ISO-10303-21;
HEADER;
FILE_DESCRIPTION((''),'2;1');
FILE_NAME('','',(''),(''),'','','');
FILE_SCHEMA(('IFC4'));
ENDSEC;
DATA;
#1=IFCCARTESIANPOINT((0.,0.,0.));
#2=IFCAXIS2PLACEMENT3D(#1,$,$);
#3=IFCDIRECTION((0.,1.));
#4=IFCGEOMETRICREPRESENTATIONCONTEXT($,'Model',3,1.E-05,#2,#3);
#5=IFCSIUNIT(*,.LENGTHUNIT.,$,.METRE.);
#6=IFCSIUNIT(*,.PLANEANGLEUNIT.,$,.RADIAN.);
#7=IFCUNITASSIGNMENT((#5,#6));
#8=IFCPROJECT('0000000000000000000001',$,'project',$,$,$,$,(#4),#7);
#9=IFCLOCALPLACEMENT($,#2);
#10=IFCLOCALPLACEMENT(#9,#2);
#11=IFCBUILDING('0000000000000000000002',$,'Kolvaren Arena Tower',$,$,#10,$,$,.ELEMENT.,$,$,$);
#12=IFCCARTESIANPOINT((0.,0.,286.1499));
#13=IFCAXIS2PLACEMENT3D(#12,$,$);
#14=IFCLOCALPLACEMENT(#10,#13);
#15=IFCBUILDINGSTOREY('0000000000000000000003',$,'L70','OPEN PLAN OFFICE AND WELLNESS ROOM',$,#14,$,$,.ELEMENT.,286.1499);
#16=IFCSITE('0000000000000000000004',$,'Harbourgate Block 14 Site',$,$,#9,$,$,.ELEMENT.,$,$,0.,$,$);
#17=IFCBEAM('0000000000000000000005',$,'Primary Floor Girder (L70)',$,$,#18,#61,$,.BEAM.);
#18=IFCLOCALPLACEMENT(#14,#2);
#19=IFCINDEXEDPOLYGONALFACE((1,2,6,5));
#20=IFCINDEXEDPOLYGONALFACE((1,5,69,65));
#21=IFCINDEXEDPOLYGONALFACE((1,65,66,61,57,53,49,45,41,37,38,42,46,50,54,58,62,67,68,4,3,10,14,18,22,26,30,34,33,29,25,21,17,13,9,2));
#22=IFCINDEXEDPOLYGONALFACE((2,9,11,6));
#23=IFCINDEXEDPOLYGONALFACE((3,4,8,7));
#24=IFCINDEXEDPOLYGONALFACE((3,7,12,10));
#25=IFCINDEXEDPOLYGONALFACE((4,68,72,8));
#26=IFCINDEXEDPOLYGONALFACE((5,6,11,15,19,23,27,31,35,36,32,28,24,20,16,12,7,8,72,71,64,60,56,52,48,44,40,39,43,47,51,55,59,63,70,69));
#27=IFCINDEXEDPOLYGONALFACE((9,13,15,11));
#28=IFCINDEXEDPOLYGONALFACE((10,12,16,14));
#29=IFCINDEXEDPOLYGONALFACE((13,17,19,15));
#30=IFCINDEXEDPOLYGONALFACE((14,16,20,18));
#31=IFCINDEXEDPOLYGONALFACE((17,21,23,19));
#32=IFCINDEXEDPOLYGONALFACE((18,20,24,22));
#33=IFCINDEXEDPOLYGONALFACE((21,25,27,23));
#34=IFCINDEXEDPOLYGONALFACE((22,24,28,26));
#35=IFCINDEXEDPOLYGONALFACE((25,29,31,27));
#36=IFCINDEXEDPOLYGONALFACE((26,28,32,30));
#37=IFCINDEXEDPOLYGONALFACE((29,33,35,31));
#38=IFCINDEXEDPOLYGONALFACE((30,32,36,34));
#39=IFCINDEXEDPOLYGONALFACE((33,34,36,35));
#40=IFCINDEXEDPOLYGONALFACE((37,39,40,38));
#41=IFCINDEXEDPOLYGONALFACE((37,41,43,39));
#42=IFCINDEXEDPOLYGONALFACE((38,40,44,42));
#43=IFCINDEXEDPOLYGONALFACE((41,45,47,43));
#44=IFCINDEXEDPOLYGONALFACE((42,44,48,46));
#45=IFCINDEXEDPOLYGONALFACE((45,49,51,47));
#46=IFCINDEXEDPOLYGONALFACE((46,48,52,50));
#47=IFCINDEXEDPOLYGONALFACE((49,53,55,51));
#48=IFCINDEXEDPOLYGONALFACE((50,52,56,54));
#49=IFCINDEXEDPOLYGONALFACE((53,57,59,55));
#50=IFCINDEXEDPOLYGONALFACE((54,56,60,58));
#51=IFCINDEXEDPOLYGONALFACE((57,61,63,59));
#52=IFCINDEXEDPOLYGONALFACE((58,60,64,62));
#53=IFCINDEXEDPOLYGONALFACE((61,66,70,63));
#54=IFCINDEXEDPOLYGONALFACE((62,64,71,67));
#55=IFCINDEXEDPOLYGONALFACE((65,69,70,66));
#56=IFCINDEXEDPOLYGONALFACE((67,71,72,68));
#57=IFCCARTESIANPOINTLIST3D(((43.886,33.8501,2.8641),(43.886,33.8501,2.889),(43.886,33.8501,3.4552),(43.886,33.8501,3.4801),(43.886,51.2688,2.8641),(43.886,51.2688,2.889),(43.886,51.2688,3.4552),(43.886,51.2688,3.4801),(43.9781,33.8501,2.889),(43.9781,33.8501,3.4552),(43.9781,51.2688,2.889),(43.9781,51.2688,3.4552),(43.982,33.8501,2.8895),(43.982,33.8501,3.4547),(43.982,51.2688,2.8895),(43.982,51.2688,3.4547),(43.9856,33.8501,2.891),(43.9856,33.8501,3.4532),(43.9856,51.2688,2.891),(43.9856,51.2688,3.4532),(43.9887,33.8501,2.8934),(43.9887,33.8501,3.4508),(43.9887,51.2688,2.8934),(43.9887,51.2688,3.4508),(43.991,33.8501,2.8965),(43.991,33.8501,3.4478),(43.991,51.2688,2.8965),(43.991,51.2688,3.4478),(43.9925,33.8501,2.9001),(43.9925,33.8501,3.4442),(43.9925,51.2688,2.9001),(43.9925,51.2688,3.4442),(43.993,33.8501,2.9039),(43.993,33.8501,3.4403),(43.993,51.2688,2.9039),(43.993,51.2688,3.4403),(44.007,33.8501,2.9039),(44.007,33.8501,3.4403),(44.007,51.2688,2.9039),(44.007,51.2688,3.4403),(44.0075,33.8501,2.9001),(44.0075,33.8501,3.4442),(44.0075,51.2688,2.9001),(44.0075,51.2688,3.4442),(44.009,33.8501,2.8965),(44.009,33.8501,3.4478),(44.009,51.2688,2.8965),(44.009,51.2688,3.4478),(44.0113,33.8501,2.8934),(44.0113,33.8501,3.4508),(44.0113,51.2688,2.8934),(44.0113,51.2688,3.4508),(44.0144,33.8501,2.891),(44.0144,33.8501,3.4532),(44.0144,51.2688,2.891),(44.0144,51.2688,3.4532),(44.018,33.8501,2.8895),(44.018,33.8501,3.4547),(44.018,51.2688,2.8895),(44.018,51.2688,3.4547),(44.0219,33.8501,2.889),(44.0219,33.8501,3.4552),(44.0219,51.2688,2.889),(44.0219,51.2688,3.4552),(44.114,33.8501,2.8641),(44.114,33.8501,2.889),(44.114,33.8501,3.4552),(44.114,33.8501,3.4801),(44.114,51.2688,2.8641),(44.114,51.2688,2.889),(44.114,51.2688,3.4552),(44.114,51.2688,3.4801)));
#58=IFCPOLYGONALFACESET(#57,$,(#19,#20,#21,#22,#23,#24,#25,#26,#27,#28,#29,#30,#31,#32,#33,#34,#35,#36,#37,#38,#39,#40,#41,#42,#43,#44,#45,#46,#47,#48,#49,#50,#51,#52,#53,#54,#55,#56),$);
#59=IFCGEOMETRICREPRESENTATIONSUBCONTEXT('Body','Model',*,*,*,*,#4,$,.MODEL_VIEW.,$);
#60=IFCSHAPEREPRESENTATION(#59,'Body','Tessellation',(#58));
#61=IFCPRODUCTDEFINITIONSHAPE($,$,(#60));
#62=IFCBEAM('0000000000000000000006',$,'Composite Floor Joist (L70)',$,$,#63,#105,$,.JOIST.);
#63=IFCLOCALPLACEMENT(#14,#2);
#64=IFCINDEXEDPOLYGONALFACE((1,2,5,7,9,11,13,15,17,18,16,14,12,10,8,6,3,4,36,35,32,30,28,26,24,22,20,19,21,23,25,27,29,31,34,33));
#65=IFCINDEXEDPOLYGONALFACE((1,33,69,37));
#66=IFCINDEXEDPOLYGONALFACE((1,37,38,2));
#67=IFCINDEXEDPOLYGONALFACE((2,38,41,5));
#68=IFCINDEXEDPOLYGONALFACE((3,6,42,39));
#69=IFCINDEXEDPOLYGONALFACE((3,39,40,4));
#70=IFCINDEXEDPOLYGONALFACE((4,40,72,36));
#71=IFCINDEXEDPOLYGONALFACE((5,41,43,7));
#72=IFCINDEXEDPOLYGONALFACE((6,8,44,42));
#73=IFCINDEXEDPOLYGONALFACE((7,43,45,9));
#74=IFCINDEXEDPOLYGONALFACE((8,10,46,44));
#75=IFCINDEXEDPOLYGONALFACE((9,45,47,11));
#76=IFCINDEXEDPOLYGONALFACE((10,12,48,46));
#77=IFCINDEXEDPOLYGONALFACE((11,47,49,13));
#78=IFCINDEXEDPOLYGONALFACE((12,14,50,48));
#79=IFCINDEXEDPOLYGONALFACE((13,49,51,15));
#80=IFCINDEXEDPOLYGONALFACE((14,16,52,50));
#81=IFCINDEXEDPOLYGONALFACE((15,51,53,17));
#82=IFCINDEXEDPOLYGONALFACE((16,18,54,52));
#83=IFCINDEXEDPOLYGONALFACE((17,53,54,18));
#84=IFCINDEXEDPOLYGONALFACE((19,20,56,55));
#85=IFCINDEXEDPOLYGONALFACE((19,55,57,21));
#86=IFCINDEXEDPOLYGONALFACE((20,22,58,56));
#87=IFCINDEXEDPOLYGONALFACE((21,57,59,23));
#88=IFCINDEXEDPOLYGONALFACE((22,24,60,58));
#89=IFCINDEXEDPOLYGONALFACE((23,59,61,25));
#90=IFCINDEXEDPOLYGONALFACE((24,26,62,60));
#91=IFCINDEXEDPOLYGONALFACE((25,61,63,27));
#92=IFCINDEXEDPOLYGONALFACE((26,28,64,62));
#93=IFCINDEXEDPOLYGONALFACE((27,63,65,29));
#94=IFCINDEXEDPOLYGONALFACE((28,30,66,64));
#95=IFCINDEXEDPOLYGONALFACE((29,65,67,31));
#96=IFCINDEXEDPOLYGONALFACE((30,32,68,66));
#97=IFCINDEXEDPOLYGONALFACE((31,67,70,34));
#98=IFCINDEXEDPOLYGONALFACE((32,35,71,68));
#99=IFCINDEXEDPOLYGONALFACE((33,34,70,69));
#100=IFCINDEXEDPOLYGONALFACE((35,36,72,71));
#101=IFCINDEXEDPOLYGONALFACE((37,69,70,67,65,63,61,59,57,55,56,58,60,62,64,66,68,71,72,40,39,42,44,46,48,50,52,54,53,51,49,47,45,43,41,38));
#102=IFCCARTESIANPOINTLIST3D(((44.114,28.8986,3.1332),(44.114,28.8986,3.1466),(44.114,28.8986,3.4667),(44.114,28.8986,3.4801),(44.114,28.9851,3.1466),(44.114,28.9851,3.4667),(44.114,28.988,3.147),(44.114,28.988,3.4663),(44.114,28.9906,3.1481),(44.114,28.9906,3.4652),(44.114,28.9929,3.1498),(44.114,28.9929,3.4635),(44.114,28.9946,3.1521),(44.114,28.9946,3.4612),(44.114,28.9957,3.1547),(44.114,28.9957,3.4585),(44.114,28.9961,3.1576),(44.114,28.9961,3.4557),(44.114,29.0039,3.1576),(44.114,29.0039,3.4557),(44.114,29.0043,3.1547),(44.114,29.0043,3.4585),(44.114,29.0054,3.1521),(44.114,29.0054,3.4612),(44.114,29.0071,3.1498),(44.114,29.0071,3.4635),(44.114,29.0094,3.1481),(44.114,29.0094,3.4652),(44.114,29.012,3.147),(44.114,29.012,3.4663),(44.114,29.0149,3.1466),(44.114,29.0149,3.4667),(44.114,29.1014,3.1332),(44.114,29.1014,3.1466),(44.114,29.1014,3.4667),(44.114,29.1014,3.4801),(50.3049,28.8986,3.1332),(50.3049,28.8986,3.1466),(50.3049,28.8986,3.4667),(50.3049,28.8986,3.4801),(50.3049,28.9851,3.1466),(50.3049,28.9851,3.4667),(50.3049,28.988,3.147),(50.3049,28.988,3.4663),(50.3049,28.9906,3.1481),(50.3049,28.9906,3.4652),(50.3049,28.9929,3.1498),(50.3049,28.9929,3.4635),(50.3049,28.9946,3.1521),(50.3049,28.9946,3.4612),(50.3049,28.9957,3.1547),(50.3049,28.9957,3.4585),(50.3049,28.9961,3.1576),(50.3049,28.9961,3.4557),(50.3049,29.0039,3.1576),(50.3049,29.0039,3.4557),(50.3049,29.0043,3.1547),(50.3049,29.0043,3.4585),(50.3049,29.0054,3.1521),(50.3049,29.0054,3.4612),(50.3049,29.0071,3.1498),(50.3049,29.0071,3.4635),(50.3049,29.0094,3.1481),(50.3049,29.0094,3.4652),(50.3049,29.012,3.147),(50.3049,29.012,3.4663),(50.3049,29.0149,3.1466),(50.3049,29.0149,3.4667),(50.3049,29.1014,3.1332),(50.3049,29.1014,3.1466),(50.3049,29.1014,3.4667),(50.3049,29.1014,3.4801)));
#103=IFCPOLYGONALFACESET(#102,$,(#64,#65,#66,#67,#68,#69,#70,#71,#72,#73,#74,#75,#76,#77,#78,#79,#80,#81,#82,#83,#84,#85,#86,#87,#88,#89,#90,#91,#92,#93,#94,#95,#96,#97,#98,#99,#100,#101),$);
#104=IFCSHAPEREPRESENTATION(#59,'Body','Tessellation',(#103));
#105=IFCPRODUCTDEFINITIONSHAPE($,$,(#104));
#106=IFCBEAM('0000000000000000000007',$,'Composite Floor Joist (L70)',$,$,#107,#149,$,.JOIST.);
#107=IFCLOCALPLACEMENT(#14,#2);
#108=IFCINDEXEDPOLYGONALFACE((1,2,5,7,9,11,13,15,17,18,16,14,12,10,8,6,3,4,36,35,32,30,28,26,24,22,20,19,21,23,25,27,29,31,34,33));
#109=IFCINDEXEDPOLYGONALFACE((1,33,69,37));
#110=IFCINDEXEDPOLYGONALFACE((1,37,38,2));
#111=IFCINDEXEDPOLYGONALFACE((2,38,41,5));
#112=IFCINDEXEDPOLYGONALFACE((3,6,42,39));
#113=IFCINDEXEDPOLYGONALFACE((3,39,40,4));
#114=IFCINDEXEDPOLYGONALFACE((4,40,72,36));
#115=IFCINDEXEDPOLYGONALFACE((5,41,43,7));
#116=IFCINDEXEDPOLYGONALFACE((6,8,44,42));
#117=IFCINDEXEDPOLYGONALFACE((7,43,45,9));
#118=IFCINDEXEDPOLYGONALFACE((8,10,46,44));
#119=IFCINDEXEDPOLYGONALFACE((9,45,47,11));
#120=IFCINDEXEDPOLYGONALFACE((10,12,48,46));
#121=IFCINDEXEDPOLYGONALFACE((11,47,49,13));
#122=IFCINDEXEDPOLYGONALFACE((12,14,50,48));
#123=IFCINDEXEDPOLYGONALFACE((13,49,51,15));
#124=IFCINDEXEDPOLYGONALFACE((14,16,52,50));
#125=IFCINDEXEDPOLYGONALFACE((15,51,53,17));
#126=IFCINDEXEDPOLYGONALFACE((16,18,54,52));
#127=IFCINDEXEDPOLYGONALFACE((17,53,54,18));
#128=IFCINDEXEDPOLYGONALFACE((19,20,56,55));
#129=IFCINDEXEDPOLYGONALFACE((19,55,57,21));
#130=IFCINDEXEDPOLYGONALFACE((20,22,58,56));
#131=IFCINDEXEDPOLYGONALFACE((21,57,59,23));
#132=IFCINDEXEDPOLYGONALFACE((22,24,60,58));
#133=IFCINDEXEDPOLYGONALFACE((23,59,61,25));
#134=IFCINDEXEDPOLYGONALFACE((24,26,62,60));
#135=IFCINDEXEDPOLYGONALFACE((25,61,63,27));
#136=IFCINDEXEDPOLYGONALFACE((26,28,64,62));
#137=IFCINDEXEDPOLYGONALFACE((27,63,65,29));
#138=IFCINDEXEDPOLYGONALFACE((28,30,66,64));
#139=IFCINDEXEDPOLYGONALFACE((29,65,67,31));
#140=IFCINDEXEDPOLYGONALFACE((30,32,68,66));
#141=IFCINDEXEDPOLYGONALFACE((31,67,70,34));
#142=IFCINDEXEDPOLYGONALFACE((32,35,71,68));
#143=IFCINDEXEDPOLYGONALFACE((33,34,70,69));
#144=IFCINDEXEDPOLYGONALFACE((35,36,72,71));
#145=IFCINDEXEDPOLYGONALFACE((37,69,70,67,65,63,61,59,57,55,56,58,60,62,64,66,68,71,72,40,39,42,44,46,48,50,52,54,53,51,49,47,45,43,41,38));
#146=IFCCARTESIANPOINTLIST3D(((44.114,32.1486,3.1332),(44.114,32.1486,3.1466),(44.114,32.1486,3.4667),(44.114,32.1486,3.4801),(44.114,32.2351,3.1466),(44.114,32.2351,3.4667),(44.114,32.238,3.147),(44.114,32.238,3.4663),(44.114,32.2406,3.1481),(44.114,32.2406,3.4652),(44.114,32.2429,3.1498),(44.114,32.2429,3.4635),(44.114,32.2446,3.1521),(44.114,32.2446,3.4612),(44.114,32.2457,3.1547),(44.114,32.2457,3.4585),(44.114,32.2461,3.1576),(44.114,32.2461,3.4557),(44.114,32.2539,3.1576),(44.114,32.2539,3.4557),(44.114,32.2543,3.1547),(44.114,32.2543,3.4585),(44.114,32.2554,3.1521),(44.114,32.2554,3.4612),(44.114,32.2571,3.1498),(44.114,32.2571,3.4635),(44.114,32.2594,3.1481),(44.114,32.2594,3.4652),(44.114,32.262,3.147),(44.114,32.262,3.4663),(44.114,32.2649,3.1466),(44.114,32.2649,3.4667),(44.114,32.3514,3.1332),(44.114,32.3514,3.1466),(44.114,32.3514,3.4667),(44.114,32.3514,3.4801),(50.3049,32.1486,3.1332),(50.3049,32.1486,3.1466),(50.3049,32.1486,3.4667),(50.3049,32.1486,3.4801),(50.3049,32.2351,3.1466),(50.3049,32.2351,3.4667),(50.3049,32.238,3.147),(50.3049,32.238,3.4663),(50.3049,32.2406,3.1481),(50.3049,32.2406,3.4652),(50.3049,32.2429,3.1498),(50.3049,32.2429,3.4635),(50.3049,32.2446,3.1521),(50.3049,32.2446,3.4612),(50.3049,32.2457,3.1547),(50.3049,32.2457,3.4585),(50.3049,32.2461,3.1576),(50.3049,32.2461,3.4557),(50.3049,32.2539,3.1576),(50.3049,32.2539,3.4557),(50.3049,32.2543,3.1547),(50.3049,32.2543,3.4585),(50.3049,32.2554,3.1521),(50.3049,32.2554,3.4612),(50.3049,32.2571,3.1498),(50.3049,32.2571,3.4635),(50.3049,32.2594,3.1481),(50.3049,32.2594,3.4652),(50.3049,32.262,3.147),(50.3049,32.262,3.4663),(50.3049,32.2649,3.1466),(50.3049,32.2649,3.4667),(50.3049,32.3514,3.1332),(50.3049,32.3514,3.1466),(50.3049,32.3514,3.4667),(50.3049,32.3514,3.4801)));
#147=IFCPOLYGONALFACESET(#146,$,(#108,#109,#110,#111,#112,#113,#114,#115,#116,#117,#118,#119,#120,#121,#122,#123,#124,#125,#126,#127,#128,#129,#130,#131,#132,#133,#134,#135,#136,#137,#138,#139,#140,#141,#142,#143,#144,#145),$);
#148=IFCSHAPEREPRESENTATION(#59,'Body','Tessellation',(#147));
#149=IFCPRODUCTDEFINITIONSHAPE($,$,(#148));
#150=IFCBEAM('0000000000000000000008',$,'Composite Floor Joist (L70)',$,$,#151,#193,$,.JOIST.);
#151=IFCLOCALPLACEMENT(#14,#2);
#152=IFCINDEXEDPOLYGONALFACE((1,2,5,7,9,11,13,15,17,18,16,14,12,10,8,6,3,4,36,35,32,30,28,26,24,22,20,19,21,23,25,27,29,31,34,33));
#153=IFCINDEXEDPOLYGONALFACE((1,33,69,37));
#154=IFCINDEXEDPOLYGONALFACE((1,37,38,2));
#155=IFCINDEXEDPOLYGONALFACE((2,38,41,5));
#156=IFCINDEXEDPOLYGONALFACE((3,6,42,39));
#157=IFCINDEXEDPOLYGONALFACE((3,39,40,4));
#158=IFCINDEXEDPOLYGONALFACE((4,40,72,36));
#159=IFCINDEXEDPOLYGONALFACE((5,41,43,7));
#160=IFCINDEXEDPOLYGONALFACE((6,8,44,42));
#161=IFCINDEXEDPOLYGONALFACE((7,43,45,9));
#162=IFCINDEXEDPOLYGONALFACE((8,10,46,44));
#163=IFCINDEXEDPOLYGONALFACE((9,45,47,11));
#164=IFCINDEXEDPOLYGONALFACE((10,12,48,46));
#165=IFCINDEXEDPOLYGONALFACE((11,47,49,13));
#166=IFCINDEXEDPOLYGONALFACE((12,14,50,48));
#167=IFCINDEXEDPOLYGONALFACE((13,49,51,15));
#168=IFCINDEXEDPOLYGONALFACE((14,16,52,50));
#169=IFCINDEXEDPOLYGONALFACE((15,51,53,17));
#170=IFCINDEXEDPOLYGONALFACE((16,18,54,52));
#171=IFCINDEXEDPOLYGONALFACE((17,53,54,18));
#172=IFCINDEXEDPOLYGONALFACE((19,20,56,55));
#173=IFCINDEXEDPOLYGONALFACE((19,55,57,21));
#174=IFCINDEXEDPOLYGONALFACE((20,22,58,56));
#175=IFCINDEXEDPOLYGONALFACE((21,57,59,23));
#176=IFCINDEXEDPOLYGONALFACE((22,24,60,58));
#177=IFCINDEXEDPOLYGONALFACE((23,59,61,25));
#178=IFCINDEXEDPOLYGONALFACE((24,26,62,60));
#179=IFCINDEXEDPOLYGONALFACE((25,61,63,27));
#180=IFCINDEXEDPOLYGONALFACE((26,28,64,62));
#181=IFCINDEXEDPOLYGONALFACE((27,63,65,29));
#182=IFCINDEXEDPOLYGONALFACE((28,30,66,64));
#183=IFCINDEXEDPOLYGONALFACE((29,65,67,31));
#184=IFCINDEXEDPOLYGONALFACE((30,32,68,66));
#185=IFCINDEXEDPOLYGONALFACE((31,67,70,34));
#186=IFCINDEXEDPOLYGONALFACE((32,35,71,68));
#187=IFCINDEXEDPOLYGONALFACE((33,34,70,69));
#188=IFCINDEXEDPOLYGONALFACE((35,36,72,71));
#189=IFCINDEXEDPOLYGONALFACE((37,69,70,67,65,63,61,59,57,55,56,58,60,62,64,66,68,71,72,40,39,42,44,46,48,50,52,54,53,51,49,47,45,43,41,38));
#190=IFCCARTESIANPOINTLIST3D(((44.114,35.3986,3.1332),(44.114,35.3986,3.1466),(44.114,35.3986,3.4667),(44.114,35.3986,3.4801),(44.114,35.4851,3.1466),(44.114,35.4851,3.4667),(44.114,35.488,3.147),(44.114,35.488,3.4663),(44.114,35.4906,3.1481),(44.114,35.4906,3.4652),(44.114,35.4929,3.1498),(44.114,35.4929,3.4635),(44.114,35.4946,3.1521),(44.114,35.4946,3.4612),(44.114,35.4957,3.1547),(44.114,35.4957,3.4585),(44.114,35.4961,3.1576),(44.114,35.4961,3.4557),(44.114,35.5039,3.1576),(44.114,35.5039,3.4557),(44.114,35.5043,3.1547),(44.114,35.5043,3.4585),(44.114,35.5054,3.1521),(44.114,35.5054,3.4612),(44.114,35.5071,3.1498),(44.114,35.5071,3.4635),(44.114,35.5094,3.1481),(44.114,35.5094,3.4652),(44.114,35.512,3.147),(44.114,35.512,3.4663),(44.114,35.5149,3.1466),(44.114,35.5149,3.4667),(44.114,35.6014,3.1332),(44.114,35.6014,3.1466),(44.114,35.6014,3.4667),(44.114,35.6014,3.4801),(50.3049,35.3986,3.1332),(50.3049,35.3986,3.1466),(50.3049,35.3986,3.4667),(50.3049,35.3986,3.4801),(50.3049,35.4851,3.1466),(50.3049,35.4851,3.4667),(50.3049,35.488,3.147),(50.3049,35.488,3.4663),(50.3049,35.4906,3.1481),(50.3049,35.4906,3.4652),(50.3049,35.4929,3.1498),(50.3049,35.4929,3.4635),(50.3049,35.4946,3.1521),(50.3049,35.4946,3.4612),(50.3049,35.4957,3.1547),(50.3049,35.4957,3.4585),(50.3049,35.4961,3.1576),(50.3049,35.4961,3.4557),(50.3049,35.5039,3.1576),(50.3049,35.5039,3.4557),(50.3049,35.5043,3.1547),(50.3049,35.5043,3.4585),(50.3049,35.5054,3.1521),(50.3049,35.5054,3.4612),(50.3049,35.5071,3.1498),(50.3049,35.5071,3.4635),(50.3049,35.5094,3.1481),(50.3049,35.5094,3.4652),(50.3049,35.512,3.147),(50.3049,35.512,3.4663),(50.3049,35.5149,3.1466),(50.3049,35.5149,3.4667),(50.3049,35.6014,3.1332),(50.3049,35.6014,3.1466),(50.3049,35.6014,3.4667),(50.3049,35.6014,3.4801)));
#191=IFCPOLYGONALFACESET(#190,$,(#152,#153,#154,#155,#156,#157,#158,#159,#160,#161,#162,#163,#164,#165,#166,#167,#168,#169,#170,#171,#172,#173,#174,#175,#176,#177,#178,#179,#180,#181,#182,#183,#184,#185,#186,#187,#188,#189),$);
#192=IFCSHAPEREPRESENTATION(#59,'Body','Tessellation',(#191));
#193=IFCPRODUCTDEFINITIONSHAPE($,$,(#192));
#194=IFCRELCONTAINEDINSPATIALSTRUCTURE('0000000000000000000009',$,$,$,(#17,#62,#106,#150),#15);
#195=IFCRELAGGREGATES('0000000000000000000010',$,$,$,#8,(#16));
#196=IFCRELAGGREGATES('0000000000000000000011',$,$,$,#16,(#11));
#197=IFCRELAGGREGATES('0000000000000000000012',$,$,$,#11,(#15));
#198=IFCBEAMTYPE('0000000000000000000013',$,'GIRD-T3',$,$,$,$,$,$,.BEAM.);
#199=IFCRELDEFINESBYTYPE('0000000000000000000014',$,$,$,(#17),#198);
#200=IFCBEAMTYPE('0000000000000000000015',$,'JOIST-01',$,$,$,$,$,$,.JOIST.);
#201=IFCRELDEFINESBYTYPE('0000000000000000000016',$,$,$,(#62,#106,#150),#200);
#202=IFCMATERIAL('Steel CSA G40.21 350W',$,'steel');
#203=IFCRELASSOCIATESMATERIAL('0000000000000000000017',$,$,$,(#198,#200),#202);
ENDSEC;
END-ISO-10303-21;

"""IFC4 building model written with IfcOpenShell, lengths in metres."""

from ifc_helpers import new_model, si_unit, direction, frame, origin, origin_2d, place, context, subcontext, project, spatial, i_section, extrude, material, material_profile, profile_set, type_object, element, save


model = new_model("IFC4")

# Units and contexts
model_context = context("Model", 3, precision=1e-05, world=origin(), true_north=direction((0.0, 1.0)))
body_context = subcontext(model_context, "Body", "Model", "MODEL_VIEW")
ifc_project = project(units=[si_unit("LENGTHUNIT", "METRE"), si_unit("PLANEANGLEUNIT", "RADIAN")], contexts=[model_context])

# Site, building, storey
site_placement = place(None, origin())
site = spatial("IfcSite", under=ifc_project, at=site_placement, Name="Harbourgate Block 14 Site", CompositionType="ELEMENT", RefElevation=0.0)
building_placement = place(site_placement, origin())
building = spatial("IfcBuilding", under=site, at=building_placement, Name="Kolvaren Arena Tower", CompositionType="ELEMENT")
storey_placement = place(building_placement, frame((0.0, 0.0, 286.1499)))
storey = spatial("IfcBuildingStorey", under=building, at=storey_placement, Name="L70", Description="OPEN PLAN OFFICE AND WELLNESS ROOM", CompositionType="ELEMENT", Elevation=286.1499)

# Beams
ifc_material_1 = material(Name="Steel CSA G40.21 350W", Category="steel")
ifc_material_profile_1 = material_profile(ifc_material_1, i_section(OverallWidth=0.228, OverallDepth=0.616, WebThickness=0.0139, FlangeThickness=0.0249, FilletRadius=0.0149, at=origin_2d()), Name="W610x174")
ifc_profile_set_1 = profile_set([ifc_material_profile_1], Name="Steel CSA G40.21 350W")
beam_type_1 = type_object("IfcBeamType", Name="GIRD-T3", PredefinedType="BEAM", material=ifc_profile_set_1)
beam_1_placement = place(storey_placement, frame((44.0, 33.8501, 3.1721), z_axis=(0.0, 1.0, 0.0), x_axis=(-1.0, 0.0, 0.0)))
element("IfcBeam", 1, at=beam_1_placement, inside=storey, type_object=beam_type_1, Name="Primary Floor Girder (L70)", PredefinedType="BEAM", context=body_context, shape_type="SweptSolid", body=[
    extrude(i_section(OverallWidth=0.228, OverallDepth=0.616, WebThickness=0.0139, FlangeThickness=0.0249, FilletRadius=0.0149, at=origin_2d()), origin(), (0.0, 0.0, 1.0), 17.4187),
])
ifc_material_profile_2 = material_profile(ifc_material_1, i_section(OverallWidth=0.2029, OverallDepth=0.3469, WebThickness=0.0078, FlangeThickness=0.0134, FilletRadius=0.011, at=origin_2d()), Name="W360x64")
ifc_profile_set_2 = profile_set([ifc_material_profile_2], Name="Steel CSA G40.21 350W")
beam_type_2 = type_object("IfcBeamType", Name="JOIST-01", PredefinedType="JOIST", material=ifc_profile_set_2)
for number, where, z_axis, x_axis, name in (
    (2, (44.114, 29.0, 3.3066), (1.0, 0.0, 0.0), (0.0, 1.0, 0.0), "Composite Floor Joist (L70)"),
    (3, (44.114, 32.25, 3.3066), (1.0, 0.0, 0.0), (0.0, 1.0, 0.0), "Composite Floor Joist (L70)"),
    (4, (44.114, 35.5, 3.3066), (1.0, 0.0, 0.0), (0.0, 1.0, 0.0), "Composite Floor Joist (L70)"),
):
    element("IfcBeam", number, at=place(storey_placement, frame(where, z_axis=z_axis, x_axis=x_axis)), inside=storey, type_object=beam_type_2, Name=name, PredefinedType="JOIST", context=body_context, shape_type="SweptSolid", body=[
        extrude(i_section(OverallWidth=0.2029, OverallDepth=0.3469, WebThickness=0.0078, FlangeThickness=0.0134, FilletRadius=0.011, at=origin_2d()), origin(), (0.0, 0.0, 1.0), 6.1909),
    ])

save(model, "model.ifc")
